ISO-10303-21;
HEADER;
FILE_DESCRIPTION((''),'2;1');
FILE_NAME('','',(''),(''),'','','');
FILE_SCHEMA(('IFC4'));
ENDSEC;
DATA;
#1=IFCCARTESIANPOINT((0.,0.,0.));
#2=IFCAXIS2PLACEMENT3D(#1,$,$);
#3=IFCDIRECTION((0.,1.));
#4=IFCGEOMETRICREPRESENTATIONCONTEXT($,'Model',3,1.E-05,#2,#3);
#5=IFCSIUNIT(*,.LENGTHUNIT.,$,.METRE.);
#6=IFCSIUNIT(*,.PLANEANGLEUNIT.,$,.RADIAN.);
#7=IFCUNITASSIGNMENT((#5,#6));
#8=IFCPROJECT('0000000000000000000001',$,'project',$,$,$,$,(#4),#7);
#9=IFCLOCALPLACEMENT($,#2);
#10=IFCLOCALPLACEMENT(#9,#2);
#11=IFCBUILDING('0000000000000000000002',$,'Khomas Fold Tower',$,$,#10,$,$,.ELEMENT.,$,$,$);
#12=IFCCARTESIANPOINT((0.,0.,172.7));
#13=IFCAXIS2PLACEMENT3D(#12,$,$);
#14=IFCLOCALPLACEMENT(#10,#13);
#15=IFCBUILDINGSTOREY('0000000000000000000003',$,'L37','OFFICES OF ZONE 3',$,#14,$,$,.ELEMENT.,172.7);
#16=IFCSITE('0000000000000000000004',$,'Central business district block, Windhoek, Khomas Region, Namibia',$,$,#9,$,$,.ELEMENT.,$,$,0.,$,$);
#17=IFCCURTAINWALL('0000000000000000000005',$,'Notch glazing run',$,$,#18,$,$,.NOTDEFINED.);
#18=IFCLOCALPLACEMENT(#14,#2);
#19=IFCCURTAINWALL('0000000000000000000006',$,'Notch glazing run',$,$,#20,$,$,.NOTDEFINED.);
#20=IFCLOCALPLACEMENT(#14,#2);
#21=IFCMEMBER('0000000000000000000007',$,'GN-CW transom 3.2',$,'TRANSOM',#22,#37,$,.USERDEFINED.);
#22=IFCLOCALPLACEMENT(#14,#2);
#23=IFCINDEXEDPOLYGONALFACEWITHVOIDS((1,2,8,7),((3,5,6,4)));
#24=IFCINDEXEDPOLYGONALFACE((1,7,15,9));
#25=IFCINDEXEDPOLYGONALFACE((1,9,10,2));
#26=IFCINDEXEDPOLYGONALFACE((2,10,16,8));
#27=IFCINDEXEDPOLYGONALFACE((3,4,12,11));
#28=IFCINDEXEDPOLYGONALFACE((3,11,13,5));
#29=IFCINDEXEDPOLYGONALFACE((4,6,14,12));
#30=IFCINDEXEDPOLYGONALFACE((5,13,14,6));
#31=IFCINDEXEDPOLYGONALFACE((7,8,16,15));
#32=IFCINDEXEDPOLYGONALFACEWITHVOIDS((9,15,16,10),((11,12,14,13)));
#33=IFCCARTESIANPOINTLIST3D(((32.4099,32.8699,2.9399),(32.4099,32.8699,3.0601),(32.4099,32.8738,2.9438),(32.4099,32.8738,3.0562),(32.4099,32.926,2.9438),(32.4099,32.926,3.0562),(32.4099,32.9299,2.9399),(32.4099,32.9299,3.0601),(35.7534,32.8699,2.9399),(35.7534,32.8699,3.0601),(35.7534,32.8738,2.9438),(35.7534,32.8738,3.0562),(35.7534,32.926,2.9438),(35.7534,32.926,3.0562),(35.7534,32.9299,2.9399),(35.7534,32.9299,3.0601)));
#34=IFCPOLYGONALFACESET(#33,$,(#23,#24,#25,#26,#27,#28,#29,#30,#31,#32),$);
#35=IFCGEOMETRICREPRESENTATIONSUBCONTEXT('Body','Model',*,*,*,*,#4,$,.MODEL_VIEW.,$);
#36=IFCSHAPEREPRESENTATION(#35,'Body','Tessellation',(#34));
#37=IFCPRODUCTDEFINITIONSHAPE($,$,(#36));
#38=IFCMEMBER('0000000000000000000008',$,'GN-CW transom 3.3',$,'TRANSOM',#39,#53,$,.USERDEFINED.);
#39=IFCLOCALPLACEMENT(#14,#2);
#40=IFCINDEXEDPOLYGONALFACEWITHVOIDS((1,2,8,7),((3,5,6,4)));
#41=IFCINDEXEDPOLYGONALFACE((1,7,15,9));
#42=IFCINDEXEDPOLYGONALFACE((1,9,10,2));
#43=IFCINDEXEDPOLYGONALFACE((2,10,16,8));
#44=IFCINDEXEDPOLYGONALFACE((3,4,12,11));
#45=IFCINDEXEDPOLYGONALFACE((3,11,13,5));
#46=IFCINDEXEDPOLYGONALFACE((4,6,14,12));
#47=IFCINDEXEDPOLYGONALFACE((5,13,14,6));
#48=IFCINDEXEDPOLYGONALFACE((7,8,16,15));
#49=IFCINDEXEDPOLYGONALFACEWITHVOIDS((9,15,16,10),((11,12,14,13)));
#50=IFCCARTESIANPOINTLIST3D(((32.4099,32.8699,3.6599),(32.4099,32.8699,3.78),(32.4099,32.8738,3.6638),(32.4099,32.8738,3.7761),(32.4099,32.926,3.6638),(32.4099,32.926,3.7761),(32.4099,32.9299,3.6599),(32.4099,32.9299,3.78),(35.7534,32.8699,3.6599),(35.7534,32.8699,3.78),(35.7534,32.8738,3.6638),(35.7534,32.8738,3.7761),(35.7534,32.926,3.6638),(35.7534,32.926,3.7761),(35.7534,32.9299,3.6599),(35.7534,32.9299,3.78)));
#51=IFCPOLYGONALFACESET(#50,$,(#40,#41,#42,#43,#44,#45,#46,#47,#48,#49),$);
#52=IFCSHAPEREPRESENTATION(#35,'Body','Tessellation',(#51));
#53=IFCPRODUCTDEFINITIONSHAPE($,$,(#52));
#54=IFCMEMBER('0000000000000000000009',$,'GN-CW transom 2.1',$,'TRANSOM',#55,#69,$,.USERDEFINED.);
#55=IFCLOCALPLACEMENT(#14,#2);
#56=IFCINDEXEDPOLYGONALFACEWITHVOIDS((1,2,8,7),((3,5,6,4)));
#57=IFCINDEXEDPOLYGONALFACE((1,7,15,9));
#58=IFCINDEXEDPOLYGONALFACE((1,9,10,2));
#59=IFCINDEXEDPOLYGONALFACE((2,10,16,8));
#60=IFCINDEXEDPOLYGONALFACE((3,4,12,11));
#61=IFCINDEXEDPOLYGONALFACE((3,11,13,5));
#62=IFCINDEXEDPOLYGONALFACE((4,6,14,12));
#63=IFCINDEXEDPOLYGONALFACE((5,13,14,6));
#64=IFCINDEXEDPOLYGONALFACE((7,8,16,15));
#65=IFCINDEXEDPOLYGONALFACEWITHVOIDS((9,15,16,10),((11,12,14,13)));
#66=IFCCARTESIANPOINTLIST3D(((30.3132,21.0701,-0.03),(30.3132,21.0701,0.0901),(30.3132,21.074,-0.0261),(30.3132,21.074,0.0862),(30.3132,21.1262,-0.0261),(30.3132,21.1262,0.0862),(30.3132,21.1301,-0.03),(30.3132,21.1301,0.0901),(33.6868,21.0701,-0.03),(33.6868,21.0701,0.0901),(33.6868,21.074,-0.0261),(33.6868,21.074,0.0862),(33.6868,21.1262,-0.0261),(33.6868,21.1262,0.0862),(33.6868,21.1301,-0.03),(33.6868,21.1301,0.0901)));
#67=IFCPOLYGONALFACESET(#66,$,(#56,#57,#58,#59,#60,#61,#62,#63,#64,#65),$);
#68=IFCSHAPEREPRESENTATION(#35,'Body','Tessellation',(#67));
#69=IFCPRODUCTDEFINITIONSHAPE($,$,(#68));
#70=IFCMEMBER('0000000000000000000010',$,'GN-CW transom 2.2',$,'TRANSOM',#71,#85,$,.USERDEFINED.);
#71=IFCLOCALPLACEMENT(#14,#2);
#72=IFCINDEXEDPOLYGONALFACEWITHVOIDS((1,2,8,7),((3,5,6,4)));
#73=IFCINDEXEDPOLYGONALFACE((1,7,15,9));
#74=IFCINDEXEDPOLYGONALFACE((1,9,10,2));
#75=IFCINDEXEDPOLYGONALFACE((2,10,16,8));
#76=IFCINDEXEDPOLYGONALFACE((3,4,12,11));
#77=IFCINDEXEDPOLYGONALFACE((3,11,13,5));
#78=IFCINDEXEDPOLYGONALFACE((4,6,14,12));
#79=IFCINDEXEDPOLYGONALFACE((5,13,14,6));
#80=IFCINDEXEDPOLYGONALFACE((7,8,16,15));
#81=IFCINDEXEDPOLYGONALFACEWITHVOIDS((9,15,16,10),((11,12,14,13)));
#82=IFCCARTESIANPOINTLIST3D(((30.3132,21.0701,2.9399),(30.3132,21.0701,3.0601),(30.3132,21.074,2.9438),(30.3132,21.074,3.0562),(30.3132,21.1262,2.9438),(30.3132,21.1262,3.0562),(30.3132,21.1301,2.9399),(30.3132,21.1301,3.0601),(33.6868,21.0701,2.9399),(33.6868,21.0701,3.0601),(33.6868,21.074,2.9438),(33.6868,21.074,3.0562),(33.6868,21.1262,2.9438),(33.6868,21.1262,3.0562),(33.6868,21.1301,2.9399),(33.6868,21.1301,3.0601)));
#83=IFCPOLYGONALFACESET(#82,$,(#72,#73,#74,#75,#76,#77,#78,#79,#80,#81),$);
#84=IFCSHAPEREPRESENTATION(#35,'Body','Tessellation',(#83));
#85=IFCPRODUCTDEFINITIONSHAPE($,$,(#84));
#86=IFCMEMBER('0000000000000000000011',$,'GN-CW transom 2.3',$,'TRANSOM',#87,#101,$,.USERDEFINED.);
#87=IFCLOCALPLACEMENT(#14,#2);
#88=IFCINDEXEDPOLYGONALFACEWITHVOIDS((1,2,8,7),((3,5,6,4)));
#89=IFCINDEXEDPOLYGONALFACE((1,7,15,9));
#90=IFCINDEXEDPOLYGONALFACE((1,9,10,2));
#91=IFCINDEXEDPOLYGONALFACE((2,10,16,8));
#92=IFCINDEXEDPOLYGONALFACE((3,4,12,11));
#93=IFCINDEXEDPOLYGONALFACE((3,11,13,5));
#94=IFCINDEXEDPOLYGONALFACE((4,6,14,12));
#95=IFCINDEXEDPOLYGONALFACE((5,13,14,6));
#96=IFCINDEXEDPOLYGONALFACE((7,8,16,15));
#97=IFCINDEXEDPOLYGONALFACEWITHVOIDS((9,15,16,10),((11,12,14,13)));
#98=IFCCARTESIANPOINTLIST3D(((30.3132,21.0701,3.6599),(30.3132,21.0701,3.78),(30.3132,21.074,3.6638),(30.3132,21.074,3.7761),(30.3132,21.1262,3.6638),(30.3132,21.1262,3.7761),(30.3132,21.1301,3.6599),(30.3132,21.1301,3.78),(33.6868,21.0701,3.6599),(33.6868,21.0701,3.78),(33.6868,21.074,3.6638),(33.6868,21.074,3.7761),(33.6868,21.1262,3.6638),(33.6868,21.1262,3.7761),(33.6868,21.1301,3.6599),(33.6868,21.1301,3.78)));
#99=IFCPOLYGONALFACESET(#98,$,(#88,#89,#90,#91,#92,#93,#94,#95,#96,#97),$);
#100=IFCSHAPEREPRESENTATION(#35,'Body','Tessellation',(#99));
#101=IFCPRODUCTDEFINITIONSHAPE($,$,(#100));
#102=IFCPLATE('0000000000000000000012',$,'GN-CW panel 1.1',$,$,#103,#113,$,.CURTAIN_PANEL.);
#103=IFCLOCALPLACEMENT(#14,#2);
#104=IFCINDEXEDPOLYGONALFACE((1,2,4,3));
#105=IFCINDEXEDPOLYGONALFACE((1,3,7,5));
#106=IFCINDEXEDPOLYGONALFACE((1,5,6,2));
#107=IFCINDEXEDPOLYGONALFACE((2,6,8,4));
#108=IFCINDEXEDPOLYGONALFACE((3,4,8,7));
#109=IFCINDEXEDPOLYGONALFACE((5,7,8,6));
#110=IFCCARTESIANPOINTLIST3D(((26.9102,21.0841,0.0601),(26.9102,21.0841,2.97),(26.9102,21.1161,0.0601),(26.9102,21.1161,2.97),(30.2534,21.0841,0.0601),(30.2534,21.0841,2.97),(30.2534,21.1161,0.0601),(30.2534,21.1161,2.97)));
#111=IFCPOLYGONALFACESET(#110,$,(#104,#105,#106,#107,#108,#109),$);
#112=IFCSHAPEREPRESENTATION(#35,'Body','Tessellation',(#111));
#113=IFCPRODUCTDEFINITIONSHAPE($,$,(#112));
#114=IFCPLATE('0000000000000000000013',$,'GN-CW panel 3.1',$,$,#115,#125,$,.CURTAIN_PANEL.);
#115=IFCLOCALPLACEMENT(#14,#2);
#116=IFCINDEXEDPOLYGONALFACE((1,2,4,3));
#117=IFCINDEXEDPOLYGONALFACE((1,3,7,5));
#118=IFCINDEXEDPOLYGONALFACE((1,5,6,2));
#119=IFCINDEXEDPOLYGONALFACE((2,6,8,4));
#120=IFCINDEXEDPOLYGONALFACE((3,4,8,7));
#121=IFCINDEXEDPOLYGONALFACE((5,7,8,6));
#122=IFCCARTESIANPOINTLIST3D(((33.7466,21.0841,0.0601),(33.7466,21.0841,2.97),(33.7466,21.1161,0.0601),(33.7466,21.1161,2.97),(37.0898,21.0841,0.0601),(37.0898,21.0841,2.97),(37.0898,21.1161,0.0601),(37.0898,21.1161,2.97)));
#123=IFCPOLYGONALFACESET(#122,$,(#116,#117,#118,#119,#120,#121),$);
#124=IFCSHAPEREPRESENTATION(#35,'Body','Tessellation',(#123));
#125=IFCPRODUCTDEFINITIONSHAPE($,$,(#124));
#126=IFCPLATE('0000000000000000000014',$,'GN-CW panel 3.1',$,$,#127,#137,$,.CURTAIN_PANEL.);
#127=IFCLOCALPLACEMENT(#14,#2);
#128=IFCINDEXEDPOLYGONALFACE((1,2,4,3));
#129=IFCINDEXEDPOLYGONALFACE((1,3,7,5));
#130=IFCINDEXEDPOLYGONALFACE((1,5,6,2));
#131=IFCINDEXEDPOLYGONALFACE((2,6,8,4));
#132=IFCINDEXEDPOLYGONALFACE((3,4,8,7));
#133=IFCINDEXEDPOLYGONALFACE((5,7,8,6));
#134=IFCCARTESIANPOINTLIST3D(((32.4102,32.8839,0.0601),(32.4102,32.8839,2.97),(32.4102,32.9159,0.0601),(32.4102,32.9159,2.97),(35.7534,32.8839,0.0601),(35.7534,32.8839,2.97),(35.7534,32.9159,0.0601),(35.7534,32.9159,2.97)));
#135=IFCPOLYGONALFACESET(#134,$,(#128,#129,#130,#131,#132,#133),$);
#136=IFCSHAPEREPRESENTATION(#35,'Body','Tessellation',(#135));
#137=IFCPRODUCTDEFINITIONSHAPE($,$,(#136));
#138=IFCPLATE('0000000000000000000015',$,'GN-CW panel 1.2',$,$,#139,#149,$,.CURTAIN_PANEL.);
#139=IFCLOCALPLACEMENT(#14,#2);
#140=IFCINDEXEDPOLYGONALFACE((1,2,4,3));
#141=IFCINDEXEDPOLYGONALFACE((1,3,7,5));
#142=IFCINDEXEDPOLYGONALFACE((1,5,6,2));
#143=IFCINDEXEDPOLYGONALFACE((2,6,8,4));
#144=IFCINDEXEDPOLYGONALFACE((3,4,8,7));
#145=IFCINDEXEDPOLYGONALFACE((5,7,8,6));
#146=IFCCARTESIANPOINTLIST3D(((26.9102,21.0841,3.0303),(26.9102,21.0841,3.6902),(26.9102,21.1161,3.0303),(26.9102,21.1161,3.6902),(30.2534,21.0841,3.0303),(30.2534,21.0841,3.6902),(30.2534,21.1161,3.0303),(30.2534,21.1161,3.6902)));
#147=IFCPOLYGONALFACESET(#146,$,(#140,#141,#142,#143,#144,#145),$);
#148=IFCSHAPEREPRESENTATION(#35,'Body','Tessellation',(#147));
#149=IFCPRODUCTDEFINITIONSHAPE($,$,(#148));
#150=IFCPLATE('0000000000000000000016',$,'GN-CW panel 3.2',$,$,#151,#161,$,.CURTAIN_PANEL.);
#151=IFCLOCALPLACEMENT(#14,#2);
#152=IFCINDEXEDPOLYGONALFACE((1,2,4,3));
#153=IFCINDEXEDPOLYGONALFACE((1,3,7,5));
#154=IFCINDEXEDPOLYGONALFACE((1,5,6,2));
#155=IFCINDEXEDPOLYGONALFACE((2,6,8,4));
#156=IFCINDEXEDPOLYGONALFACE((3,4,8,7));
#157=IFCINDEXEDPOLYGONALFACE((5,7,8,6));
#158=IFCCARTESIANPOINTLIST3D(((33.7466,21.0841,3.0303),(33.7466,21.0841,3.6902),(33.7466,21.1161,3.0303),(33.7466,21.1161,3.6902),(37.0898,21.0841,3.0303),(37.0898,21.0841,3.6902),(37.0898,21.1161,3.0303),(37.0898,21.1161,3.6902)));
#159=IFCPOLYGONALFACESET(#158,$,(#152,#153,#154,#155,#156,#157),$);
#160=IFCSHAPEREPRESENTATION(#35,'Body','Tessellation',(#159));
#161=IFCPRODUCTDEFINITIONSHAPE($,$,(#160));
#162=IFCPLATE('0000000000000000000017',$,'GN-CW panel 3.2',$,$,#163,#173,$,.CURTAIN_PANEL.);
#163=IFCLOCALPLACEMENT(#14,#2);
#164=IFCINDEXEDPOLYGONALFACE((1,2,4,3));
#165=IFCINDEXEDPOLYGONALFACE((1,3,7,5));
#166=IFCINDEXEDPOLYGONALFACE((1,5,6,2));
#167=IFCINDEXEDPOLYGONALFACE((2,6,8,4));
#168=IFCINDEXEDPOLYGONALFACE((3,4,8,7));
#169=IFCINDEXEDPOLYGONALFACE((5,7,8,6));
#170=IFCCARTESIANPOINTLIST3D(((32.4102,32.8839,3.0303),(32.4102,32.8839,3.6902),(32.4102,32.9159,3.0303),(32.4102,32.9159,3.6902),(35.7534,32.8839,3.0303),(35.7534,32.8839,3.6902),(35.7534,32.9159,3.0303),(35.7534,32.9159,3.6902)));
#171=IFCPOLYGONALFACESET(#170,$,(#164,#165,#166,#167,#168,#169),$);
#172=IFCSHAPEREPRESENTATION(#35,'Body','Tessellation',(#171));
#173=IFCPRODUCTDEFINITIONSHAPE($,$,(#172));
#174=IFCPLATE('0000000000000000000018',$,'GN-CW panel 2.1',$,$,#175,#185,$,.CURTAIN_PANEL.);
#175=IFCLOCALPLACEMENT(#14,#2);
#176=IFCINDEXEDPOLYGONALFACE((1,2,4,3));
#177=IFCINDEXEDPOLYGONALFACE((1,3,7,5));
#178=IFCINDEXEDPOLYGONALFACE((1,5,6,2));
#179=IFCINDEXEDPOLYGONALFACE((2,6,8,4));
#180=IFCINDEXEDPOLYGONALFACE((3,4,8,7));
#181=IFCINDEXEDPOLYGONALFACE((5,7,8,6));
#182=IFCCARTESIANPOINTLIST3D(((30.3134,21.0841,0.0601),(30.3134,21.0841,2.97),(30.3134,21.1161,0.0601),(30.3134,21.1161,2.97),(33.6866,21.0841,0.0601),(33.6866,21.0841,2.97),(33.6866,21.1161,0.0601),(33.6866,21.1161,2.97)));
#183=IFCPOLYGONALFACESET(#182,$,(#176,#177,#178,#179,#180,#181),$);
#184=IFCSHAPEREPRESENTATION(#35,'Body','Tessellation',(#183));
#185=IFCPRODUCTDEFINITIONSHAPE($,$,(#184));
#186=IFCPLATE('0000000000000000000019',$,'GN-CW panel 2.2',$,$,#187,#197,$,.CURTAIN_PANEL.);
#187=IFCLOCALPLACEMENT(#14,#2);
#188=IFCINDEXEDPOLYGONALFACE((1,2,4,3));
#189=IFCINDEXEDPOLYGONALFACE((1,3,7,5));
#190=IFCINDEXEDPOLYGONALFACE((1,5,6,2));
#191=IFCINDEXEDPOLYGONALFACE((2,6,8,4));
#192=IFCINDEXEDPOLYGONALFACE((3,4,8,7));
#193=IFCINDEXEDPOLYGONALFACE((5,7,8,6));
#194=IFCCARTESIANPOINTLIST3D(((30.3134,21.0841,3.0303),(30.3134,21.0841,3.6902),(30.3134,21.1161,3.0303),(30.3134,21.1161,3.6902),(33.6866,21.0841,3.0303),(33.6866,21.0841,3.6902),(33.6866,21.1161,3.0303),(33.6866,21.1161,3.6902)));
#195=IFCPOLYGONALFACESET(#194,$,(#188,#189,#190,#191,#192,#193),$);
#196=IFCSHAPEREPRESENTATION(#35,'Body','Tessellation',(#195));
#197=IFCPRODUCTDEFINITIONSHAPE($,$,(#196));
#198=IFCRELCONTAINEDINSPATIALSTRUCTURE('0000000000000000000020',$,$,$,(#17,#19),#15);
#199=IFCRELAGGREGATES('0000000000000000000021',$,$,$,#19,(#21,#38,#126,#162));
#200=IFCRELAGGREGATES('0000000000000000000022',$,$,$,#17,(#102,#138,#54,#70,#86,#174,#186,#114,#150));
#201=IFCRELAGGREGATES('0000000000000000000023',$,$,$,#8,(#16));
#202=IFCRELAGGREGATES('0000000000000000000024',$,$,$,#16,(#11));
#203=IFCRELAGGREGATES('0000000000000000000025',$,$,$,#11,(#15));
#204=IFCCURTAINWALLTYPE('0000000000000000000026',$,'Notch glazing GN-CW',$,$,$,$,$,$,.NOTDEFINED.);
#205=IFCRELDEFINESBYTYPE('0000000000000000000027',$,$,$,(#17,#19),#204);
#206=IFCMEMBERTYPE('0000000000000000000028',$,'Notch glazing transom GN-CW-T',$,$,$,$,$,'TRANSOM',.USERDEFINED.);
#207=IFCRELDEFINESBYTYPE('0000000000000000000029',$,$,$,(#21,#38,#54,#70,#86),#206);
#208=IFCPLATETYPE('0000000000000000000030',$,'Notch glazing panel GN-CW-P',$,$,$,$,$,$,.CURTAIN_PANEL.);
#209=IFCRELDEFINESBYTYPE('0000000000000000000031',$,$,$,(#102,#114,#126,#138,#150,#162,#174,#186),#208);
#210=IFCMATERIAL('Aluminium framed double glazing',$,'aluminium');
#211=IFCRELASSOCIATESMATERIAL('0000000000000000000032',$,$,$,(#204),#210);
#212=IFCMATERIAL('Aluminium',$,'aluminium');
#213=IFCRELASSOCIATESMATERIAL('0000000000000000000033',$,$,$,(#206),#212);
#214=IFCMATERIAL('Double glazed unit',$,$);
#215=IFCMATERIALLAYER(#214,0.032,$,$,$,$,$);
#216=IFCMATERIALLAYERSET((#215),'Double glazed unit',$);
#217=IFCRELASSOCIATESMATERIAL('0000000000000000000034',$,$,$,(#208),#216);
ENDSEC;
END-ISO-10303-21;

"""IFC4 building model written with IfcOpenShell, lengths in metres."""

from ifc_helpers import new_model, si_unit, direction, frame, origin, origin_2d, place, context, subcontext, project, spatial, rectangle, hollow_rectangle, extrude, source, transform, mapped, material, layer, layer_set, material_profile, profile_set, type_object, element, aggregate, save


model = new_model("IFC4")

# Units and contexts
model_context = context("Model", 3, precision=1e-05, world=origin(), true_north=direction((0.0, 1.0)))
body_context = subcontext(model_context, "Body", "Model", "MODEL_VIEW")
ifc_project = project(units=[si_unit("LENGTHUNIT", "METRE"), si_unit("PLANEANGLEUNIT", "RADIAN")], contexts=[model_context])

# Site, building, storey
site_placement = place(None, origin())
site = spatial("IfcSite", under=ifc_project, at=site_placement, Name="Central business district block, Windhoek, Khomas Region, Namibia", CompositionType="ELEMENT", RefElevation=0.0)
building_placement = place(site_placement, origin())
building = spatial("IfcBuilding", under=site, at=building_placement, Name="Khomas Fold Tower", CompositionType="ELEMENT")
storey_placement = place(building_placement, frame((0.0, 0.0, 172.7)))
storey = spatial("IfcBuildingStorey", under=building, at=storey_placement, Name="L37", Description="OFFICES OF ZONE 3", CompositionType="ELEMENT", Elevation=172.7)

# Curtain walls
ifc_material_1 = material(Name="Aluminium framed double glazing", Category="aluminium")
curtain_wall_type = type_object("IfcCurtainWallType", Name="Notch glazing GN-CW", PredefinedType="NOTDEFINED", material=ifc_material_1)
curtain_wall_1_placement = place(storey_placement, origin())
curtain_wall_1 = element("IfcCurtainWall", 1, at=curtain_wall_1_placement, inside=storey, type_object=curtain_wall_type, Name="Notch glazing run", PredefinedType="NOTDEFINED")
curtain_wall_2_placement = place(storey_placement, origin())
curtain_wall_2 = element("IfcCurtainWall", 2, at=curtain_wall_2_placement, inside=storey, type_object=curtain_wall_type, Name="Notch glazing run", PredefinedType="NOTDEFINED")

# Shared definitions
ifc_material_2 = material(Name="Aluminium", Category="aluminium")
ifc_material_profile_1 = material_profile(ifc_material_2, hollow_rectangle(XDim=0.0601, YDim=0.1201, WallThickness=0.0039, at=origin_2d()), Name="Notch glazing transom GN-CW-T")
ifc_profile_set_1 = profile_set([ifc_material_profile_1], Name="Aluminium")
member_type_1 = type_object("IfcMemberType", Name="Notch glazing transom GN-CW-T", ElementType="TRANSOM", PredefinedType="USERDEFINED", material=ifc_profile_set_1)

# Members
shared_shape_1 = source(origin(), body_context, "Body", "SweptSolid", [
    extrude(hollow_rectangle(XDim=0.0601, YDim=0.1201, WallThickness=0.0039, at=origin_2d()), origin(), (0.0, 0.0, 1.0), 3.3435),
])
member_1_placement = place(storey_placement, frame((35.7534, 32.8999, 3.0), z_axis=(-1.0, 0.0, 0.0), x_axis=(0.0, -1.0, 0.0)))
member_1 = element("IfcMember", 3, at=member_1_placement, type_object=member_type_1, Name="GN-CW transom 3.2", ObjectType="TRANSOM", PredefinedType="USERDEFINED", context=body_context, shape_type="MappedRepresentation", body=[
    mapped(shared_shape_1, transform((0.0, 0.0, 0.0))),
])
member_2_placement = place(storey_placement, frame((35.7534, 32.8999, 3.72), z_axis=(-1.0, 0.0, 0.0), x_axis=(0.0, -1.0, 0.0)))
member_2 = element("IfcMember", 4, at=member_2_placement, type_object=member_type_1, Name="GN-CW transom 3.3", ObjectType="TRANSOM", PredefinedType="USERDEFINED", context=body_context, shape_type="MappedRepresentation", body=[
    mapped(shared_shape_1, transform((0.0, 0.0, 0.0))),
])
shared_shape_2 = source(origin(), body_context, "Body", "SweptSolid", [
    extrude(hollow_rectangle(XDim=0.0601, YDim=0.1201, WallThickness=0.0039, at=origin_2d()), origin(), (0.0, 0.0, 1.0), 3.3735),
])
member_3_placement = place(storey_placement, frame((30.3132, 21.1001, 0.03), z_axis=(1.0, 0.0, 0.0), x_axis=(0.0, 1.0, 0.0)))
member_3 = element("IfcMember", 5, at=member_3_placement, type_object=member_type_1, Name="GN-CW transom 2.1", ObjectType="TRANSOM", PredefinedType="USERDEFINED", context=body_context, shape_type="MappedRepresentation", body=[
    mapped(shared_shape_2, transform((0.0, 0.0, 0.0))),
])
member_4_placement = place(storey_placement, frame((30.3132, 21.1001, 3.0), z_axis=(1.0, 0.0, 0.0), x_axis=(0.0, 1.0, 0.0)))
member_4 = element("IfcMember", 6, at=member_4_placement, type_object=member_type_1, Name="GN-CW transom 2.2", ObjectType="TRANSOM", PredefinedType="USERDEFINED", context=body_context, shape_type="MappedRepresentation", body=[
    mapped(shared_shape_2, transform((0.0, 0.0, 0.0))),
])
member_5_placement = place(storey_placement, frame((30.3132, 21.1001, 3.72), z_axis=(1.0, 0.0, 0.0), x_axis=(0.0, 1.0, 0.0)))
member_5 = element("IfcMember", 7, at=member_5_placement, type_object=member_type_1, Name="GN-CW transom 2.3", ObjectType="TRANSOM", PredefinedType="USERDEFINED", context=body_context, shape_type="MappedRepresentation", body=[
    mapped(shared_shape_2, transform((0.0, 0.0, 0.0))),
])

# Plates
ifc_material_3 = material(Name="Double glazed unit")
ifc_layer = layer(ifc_material_3, 0.032)
ifc_layer_set = layer_set([ifc_layer], Name="Double glazed unit")
plate_type = type_object("IfcPlateType", Name="Notch glazing panel GN-CW-P", PredefinedType="CURTAIN_PANEL", material=ifc_layer_set)
shared_shape_3 = source(origin(), body_context, "Body", "SweptSolid", [
    extrude(rectangle(XDim=3.3433, YDim=0.032, at=origin_2d()), origin(), (0.0, 0.0, 1.0), 2.9099),
])
plate_1_placement = place(storey_placement, frame((28.5818, 21.1001, 0.0601), z_axis=(0.0, 0.0, 1.0), x_axis=(1.0, 0.0, 0.0)))
plate_1 = element("IfcPlate", 8, at=plate_1_placement, type_object=plate_type, Name="GN-CW panel 1.1", PredefinedType="CURTAIN_PANEL", context=body_context, shape_type="MappedRepresentation", body=[
    mapped(shared_shape_3, transform((0.0, 0.0, 0.0))),
])
plate_2_placement = place(storey_placement, frame((35.4182, 21.1001, 0.0601), z_axis=(0.0, 0.0, 1.0), x_axis=(1.0, 0.0, 0.0)))
plate_2 = element("IfcPlate", 9, at=plate_2_placement, type_object=plate_type, Name="GN-CW panel 3.1", PredefinedType="CURTAIN_PANEL", context=body_context, shape_type="MappedRepresentation", body=[
    mapped(shared_shape_3, transform((0.0, 0.0, 0.0))),
])
plate_3_placement = place(storey_placement, frame((34.0818, 32.8999, 0.0601), z_axis=(0.0, 0.0, 1.0), x_axis=(-1.0, 0.0, 0.0)))
plate_3 = element("IfcPlate", 10, at=plate_3_placement, type_object=plate_type, Name="GN-CW panel 3.1", PredefinedType="CURTAIN_PANEL", context=body_context, shape_type="MappedRepresentation", body=[
    mapped(shared_shape_3, transform((0.0, 0.0, 0.0))),
])
shared_shape_4 = source(origin(), body_context, "Body", "SweptSolid", [
    extrude(rectangle(XDim=3.3433, YDim=0.032, at=origin_2d()), origin(), (0.0, 0.0, 1.0), 0.6599),
])
plate_4_placement = place(storey_placement, frame((28.5818, 21.1001, 3.0303), z_axis=(0.0, 0.0, 1.0), x_axis=(1.0, 0.0, 0.0)))
plate_4 = element("IfcPlate", 11, at=plate_4_placement, type_object=plate_type, Name="GN-CW panel 1.2", PredefinedType="CURTAIN_PANEL", context=body_context, shape_type="MappedRepresentation", body=[
    mapped(shared_shape_4, transform((0.0, 0.0, 0.0))),
])
plate_5_placement = place(storey_placement, frame((35.4182, 21.1001, 3.0303), z_axis=(0.0, 0.0, 1.0), x_axis=(1.0, 0.0, 0.0)))
plate_5 = element("IfcPlate", 12, at=plate_5_placement, type_object=plate_type, Name="GN-CW panel 3.2", PredefinedType="CURTAIN_PANEL", context=body_context, shape_type="MappedRepresentation", body=[
    mapped(shared_shape_4, transform((0.0, 0.0, 0.0))),
])
plate_6_placement = place(storey_placement, frame((34.0818, 32.8999, 3.0303), z_axis=(0.0, 0.0, 1.0), x_axis=(-1.0, 0.0, 0.0)))
plate_6 = element("IfcPlate", 13, at=plate_6_placement, type_object=plate_type, Name="GN-CW panel 3.2", PredefinedType="CURTAIN_PANEL", context=body_context, shape_type="MappedRepresentation", body=[
    mapped(shared_shape_4, transform((0.0, 0.0, 0.0))),
])
aggregate(curtain_wall_2, [member_1, member_2, plate_3, plate_6])
shared_shape_5 = source(origin(), body_context, "Body", "SweptSolid", [
    extrude(rectangle(XDim=3.3733, YDim=0.032, at=origin_2d()), origin(), (0.0, 0.0, 1.0), 2.9099),
])
plate_7_placement = place(storey_placement, frame((32.0, 21.1001, 0.0601), z_axis=(0.0, 0.0, 1.0), x_axis=(1.0, 0.0, 0.0)))
plate_7 = element("IfcPlate", 14, at=plate_7_placement, type_object=plate_type, Name="GN-CW panel 2.1", PredefinedType="CURTAIN_PANEL", context=body_context, shape_type="MappedRepresentation", body=[
    mapped(shared_shape_5, transform((0.0, 0.0, 0.0))),
])
shared_shape_6 = source(origin(), body_context, "Body", "SweptSolid", [
    extrude(rectangle(XDim=3.3733, YDim=0.032, at=origin_2d()), origin(), (0.0, 0.0, 1.0), 0.6599),
])
plate_8_placement = place(storey_placement, frame((32.0, 21.1001, 3.0303), z_axis=(0.0, 0.0, 1.0), x_axis=(1.0, 0.0, 0.0)))
plate_8 = element("IfcPlate", 15, at=plate_8_placement, type_object=plate_type, Name="GN-CW panel 2.2", PredefinedType="CURTAIN_PANEL", context=body_context, shape_type="MappedRepresentation", body=[
    mapped(shared_shape_6, transform((0.0, 0.0, 0.0))),
])
aggregate(curtain_wall_1, [plate_1, plate_4, member_3, member_4, member_5, plate_7, plate_8, plate_2, plate_5])

save(model, "model.ifc")
